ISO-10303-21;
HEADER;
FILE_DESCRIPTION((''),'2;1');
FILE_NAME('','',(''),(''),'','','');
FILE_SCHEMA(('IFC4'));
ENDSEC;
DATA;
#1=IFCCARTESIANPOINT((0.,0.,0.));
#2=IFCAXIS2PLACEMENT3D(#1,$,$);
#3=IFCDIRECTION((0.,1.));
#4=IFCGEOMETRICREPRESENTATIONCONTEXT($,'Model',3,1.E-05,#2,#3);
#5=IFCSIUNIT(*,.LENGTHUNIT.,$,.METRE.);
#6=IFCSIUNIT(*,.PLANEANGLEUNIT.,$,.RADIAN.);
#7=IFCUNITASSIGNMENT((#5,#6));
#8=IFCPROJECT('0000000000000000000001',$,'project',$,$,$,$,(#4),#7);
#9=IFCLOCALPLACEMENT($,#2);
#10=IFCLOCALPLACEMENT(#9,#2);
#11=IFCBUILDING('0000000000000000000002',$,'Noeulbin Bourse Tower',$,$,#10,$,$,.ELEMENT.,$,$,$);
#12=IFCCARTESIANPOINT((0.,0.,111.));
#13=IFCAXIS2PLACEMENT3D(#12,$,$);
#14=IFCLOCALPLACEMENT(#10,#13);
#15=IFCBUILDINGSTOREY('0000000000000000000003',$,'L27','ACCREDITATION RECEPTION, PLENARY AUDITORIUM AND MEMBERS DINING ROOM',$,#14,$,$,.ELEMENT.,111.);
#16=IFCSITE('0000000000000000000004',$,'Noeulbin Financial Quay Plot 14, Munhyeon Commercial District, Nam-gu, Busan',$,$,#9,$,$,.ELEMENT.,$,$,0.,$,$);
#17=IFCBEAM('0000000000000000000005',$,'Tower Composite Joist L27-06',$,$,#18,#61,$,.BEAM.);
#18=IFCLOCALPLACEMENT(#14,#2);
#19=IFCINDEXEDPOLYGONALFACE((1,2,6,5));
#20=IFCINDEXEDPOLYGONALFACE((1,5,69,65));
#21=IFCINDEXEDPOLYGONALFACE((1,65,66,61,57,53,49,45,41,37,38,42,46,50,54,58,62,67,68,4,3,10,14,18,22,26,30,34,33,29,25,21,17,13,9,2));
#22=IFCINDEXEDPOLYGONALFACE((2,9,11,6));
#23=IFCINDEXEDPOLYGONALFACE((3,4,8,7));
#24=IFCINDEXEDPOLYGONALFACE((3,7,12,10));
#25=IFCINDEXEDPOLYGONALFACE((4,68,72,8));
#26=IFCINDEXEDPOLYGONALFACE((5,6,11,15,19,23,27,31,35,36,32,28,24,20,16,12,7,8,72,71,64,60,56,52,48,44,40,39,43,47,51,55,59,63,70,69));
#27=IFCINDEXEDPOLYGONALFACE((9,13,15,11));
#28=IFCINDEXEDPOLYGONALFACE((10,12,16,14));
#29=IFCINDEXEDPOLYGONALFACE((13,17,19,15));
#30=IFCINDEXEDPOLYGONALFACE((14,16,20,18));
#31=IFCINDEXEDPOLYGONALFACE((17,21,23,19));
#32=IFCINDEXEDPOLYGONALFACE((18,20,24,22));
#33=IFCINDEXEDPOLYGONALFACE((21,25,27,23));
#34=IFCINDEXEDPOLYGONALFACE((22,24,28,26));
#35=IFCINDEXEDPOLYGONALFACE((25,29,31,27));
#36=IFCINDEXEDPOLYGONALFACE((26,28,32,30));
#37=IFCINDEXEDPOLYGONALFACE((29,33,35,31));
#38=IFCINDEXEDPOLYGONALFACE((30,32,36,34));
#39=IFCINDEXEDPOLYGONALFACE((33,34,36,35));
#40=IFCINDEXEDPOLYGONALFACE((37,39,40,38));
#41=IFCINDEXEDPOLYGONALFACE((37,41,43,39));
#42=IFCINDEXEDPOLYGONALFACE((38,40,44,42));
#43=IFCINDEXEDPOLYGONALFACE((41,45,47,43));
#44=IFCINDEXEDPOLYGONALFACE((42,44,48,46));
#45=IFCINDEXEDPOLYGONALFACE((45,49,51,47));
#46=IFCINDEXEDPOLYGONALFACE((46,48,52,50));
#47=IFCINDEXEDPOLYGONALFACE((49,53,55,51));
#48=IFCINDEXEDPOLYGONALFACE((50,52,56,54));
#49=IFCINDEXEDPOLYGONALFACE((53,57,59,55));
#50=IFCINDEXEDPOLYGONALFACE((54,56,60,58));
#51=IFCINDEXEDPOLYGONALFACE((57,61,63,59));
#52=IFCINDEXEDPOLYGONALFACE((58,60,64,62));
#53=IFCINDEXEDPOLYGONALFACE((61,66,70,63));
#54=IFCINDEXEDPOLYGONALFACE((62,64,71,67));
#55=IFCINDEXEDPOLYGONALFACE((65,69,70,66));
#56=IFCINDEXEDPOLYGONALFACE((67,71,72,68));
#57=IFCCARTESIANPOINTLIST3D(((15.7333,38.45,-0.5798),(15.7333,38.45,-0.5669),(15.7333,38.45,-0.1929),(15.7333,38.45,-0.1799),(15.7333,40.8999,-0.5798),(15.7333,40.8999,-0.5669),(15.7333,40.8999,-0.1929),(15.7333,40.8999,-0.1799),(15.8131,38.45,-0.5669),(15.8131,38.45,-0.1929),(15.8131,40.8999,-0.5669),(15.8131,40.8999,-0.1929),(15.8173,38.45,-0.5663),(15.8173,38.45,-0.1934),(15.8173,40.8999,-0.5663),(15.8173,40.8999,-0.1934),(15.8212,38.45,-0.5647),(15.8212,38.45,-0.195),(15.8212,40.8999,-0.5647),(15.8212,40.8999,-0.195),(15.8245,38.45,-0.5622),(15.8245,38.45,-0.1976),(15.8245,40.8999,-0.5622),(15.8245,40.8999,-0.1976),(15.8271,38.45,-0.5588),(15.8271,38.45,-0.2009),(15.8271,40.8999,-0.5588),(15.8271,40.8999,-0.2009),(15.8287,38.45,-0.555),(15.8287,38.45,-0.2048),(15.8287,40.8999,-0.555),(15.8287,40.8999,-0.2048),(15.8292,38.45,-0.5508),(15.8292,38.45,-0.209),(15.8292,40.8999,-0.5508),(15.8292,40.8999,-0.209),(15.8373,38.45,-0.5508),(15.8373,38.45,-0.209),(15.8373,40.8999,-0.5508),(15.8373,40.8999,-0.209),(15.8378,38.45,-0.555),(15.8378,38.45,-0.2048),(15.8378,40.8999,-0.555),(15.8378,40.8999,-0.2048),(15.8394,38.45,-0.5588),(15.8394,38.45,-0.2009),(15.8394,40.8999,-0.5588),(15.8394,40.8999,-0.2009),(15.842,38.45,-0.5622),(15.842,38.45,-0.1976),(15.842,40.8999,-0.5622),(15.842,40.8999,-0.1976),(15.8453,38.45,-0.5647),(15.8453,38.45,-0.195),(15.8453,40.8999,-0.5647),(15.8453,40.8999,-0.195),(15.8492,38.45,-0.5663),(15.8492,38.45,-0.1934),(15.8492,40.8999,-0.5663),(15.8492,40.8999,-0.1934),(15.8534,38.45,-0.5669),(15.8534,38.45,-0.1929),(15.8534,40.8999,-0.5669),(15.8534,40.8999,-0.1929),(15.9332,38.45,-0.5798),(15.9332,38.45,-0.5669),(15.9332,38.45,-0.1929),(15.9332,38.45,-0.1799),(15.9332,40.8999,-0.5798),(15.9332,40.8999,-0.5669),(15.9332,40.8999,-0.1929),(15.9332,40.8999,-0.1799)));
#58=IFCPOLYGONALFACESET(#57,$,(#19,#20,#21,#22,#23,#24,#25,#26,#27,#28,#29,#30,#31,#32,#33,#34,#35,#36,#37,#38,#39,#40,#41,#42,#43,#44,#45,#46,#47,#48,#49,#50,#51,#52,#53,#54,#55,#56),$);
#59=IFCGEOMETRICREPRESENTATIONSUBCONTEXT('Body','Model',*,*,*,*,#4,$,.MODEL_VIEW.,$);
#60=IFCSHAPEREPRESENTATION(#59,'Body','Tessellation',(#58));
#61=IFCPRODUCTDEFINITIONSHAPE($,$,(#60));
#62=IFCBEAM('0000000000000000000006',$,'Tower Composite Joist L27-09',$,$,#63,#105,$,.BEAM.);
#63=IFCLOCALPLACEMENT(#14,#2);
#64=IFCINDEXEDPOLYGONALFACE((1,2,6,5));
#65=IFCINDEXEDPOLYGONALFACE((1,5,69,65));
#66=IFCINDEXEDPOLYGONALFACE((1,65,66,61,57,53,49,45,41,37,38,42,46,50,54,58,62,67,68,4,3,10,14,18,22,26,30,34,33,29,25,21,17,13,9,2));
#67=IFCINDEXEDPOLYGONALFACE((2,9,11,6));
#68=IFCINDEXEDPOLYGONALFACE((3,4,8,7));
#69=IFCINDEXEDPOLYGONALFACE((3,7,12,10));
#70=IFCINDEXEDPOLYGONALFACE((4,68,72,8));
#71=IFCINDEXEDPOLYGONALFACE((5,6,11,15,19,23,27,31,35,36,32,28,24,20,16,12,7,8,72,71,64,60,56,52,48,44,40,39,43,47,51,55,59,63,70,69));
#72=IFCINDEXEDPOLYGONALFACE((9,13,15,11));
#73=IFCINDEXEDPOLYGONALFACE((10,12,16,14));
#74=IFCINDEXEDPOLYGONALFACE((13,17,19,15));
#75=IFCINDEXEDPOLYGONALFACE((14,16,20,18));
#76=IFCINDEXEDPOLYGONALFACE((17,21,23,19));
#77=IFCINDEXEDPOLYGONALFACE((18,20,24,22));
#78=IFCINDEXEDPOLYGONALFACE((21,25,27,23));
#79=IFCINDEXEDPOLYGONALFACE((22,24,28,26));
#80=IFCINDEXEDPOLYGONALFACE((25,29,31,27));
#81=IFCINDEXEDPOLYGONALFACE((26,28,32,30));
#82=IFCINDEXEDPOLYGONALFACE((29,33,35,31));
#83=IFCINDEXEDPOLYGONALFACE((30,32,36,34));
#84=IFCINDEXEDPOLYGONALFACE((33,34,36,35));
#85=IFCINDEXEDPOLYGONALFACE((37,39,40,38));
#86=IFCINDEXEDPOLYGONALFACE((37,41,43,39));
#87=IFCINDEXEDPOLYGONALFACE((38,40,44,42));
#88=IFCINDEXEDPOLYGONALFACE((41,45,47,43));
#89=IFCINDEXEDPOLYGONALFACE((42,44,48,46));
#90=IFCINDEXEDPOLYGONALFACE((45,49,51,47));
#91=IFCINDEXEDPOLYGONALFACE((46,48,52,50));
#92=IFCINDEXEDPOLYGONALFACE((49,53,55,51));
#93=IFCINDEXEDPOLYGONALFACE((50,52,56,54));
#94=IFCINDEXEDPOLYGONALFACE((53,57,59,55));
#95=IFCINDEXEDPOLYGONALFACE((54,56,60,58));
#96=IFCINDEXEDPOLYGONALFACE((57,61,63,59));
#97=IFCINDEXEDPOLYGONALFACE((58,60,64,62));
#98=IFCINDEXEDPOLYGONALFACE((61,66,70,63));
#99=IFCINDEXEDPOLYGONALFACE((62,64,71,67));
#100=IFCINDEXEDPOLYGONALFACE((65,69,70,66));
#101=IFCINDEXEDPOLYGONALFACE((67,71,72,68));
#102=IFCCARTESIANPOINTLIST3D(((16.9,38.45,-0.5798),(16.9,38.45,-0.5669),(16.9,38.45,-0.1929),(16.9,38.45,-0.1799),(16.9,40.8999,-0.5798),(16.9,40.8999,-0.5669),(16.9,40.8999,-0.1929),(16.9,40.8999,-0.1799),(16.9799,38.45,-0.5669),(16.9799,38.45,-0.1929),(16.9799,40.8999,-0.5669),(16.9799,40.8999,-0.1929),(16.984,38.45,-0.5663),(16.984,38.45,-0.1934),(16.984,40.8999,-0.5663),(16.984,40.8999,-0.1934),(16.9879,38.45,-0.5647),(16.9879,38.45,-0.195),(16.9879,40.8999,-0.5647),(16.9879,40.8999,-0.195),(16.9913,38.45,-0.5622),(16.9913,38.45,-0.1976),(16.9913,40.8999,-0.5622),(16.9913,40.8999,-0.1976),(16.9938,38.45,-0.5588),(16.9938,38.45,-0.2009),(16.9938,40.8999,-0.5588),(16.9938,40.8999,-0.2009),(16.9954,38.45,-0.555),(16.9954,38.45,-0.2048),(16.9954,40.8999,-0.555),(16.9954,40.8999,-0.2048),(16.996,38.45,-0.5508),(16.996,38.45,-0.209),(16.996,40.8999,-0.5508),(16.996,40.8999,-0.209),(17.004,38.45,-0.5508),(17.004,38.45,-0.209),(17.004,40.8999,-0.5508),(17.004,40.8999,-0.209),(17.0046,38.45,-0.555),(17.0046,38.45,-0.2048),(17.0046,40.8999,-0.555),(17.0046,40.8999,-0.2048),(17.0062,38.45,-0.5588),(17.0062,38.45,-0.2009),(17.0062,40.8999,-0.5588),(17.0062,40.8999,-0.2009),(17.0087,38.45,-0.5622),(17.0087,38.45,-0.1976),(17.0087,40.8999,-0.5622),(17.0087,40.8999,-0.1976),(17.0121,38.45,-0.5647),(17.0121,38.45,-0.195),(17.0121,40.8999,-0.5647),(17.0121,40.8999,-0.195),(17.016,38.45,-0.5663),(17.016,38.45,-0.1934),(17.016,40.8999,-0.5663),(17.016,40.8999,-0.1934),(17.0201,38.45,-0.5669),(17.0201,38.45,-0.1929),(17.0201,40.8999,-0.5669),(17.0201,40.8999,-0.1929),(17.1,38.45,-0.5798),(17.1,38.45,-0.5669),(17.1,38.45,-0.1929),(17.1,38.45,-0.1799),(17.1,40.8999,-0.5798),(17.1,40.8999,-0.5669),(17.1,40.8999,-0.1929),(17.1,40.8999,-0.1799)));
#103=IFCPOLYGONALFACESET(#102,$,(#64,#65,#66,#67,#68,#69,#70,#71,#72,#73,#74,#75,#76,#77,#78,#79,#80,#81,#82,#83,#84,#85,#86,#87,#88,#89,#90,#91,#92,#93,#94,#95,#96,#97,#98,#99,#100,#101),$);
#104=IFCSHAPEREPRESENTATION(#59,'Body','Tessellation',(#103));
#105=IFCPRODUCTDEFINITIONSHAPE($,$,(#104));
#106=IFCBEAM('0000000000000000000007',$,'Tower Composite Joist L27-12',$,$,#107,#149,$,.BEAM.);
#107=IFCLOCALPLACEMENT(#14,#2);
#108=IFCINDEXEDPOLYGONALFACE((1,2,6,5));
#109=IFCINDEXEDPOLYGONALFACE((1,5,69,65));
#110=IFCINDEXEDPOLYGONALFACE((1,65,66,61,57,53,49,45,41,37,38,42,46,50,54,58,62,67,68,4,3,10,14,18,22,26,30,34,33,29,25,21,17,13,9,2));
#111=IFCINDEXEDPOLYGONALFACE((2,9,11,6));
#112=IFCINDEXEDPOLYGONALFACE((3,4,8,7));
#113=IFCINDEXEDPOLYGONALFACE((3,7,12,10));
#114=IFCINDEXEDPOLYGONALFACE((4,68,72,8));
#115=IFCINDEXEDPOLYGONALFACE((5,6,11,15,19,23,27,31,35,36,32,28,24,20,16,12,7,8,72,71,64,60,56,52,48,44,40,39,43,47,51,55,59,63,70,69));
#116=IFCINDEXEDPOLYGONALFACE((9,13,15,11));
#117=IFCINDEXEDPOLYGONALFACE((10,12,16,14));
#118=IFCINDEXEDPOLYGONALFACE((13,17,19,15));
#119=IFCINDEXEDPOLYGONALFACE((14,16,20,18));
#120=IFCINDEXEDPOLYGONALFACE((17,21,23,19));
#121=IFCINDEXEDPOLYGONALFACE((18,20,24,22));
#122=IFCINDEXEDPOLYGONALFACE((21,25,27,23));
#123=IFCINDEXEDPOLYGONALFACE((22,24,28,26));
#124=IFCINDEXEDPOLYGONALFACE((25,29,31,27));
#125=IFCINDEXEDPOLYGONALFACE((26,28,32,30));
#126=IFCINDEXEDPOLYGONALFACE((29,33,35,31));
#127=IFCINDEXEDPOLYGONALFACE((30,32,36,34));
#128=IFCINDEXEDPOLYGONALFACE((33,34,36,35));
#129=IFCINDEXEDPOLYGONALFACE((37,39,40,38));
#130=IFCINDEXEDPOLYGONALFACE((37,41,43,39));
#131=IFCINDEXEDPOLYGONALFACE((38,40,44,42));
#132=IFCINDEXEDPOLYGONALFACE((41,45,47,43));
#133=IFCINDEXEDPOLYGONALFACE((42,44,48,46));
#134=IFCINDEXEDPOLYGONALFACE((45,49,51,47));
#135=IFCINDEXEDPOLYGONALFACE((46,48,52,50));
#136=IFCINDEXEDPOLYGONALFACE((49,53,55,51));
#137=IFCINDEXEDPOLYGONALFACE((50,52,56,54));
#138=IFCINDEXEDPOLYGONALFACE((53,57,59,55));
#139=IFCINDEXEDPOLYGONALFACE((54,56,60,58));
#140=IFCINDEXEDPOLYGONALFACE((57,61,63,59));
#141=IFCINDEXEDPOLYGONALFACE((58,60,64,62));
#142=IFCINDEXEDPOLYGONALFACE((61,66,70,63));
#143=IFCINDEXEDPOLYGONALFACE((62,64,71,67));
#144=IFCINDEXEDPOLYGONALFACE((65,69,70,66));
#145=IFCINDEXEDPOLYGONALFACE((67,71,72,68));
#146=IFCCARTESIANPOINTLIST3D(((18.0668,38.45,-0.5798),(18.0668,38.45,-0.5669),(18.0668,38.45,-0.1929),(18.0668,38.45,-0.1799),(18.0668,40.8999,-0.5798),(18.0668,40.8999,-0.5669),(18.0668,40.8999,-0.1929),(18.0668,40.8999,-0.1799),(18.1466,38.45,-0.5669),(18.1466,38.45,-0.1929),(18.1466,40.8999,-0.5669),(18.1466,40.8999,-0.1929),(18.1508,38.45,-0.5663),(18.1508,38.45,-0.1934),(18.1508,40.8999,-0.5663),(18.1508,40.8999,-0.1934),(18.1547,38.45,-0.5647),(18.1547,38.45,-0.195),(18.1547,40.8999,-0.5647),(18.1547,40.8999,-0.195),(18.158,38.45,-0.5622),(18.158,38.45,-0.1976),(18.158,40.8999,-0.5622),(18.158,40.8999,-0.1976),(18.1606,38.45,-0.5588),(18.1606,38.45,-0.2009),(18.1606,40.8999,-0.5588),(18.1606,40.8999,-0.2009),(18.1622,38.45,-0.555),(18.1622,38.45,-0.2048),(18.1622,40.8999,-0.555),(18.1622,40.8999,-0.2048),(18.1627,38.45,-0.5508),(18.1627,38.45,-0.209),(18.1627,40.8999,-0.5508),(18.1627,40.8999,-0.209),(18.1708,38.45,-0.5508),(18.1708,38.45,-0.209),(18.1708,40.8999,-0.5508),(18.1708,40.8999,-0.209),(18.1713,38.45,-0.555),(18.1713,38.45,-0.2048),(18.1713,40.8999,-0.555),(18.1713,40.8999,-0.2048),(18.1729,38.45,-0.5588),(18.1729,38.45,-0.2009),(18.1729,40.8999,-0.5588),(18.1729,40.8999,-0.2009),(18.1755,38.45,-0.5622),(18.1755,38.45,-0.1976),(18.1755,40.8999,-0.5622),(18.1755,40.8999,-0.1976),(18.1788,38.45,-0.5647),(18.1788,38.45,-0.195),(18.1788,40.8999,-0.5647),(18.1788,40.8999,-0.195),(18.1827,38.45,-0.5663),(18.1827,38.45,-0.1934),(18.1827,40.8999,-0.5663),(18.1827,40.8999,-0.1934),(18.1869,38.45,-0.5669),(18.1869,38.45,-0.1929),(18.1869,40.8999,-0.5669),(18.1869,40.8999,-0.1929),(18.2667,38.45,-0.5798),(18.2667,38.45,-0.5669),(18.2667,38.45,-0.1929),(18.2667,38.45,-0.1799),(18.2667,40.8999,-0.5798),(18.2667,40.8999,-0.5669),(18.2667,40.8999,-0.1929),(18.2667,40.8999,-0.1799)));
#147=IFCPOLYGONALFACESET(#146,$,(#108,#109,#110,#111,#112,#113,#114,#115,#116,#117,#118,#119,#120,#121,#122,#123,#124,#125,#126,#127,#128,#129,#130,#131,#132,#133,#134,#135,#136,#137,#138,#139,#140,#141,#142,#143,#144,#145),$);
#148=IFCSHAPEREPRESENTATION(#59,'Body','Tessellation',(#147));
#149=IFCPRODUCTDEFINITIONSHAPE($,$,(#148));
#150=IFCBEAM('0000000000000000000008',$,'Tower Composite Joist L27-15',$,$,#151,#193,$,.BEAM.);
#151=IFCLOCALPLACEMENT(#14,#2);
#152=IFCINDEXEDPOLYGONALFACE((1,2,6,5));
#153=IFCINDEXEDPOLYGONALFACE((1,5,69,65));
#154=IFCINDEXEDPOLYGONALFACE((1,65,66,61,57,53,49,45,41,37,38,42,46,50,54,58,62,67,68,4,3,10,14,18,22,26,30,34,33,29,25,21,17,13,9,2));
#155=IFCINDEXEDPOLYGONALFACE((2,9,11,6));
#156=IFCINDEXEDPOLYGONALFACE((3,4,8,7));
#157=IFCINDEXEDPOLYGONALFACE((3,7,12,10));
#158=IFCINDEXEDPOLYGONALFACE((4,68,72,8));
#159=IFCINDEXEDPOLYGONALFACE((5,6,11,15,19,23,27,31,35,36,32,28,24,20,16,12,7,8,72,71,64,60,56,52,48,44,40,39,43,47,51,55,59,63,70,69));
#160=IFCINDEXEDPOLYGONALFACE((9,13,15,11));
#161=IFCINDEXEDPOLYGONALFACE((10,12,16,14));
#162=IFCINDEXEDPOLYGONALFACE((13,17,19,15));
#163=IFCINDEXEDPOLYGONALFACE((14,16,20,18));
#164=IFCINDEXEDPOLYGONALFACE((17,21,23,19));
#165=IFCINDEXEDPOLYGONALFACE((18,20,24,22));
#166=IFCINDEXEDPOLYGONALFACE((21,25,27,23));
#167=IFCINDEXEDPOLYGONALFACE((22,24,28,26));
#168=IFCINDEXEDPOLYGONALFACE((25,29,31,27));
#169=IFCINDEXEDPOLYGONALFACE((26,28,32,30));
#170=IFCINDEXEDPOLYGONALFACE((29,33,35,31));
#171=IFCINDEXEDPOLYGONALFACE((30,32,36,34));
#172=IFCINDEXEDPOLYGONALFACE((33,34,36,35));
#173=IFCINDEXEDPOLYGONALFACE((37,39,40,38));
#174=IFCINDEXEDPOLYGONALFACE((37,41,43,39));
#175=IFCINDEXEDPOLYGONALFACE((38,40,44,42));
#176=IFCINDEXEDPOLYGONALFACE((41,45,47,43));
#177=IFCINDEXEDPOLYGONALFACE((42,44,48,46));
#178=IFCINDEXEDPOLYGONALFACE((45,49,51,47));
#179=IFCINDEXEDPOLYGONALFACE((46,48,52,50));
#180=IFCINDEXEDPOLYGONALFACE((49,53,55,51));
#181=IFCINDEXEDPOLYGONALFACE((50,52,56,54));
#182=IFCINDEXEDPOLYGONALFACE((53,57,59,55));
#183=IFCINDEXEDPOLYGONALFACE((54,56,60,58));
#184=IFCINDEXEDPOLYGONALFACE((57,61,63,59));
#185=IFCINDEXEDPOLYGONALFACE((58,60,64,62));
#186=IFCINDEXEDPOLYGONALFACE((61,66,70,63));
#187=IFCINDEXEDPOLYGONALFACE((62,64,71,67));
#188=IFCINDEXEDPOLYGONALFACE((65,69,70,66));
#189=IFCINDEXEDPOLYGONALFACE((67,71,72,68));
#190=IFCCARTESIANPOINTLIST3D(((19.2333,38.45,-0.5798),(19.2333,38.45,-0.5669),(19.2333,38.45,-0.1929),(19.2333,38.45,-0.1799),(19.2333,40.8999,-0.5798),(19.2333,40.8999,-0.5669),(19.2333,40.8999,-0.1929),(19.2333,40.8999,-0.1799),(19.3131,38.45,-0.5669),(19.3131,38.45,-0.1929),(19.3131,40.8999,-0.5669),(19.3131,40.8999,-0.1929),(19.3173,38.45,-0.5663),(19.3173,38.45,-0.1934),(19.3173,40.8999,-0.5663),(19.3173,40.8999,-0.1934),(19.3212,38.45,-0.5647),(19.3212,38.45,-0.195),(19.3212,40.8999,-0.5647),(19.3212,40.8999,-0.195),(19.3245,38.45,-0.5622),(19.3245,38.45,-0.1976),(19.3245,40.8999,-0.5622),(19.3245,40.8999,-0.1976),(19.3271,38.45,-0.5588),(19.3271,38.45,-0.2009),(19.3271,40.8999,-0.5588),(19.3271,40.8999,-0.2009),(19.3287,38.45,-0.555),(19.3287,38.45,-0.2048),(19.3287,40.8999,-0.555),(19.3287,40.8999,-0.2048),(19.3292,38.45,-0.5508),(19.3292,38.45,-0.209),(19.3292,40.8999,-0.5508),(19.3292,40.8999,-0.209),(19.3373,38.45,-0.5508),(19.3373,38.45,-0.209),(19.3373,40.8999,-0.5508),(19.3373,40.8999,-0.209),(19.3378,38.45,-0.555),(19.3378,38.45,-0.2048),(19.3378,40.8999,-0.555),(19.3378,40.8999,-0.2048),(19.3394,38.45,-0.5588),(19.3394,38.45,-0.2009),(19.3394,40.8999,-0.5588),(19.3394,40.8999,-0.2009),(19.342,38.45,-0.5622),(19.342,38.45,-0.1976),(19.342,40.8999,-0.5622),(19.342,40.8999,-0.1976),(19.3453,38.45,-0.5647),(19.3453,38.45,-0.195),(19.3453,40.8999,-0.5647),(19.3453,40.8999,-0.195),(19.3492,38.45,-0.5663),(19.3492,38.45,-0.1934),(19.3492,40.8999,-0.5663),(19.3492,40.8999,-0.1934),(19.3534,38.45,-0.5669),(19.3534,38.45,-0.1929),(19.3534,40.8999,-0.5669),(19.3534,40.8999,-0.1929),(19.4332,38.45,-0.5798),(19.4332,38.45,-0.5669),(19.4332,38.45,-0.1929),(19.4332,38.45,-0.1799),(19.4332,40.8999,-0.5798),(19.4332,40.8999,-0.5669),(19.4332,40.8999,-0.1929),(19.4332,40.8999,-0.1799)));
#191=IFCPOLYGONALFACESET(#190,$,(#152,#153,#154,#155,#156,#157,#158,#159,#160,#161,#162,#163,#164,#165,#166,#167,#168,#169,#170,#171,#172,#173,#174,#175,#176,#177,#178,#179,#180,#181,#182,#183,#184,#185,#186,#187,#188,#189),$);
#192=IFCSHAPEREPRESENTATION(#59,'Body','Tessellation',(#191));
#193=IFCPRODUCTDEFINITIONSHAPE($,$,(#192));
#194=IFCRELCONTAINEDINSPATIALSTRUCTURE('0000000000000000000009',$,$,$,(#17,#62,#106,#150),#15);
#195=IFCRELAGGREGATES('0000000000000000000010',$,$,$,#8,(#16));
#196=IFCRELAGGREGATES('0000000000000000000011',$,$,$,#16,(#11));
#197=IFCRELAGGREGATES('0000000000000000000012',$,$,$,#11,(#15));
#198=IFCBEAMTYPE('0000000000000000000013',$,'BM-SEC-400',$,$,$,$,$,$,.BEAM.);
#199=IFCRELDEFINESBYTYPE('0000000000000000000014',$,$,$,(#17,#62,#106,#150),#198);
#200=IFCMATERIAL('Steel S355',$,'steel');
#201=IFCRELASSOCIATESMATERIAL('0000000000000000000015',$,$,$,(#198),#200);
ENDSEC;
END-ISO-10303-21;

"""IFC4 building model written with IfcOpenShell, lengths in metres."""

from ifc_helpers import new_model, si_unit, direction, frame, origin, origin_2d, place, context, subcontext, project, spatial, i_section, extrude, material, material_profile, profile_set, type_object, element, save


model = new_model("IFC4")

# Units and contexts
model_context = context("Model", 3, precision=1e-05, world=origin(), true_north=direction((0.0, 1.0)))
body_context = subcontext(model_context, "Body", "Model", "MODEL_VIEW")
ifc_project = project(units=[si_unit("LENGTHUNIT", "METRE"), si_unit("PLANEANGLEUNIT", "RADIAN")], contexts=[model_context])

# Site, building, storey
site_placement = place(None, origin())
site = spatial("IfcSite", under=ifc_project, at=site_placement, Name="Noeulbin Financial Quay Plot 14, Munhyeon Commercial District, Nam-gu, Busan", CompositionType="ELEMENT", RefElevation=0.0)
building_placement = place(site_placement, origin())
building = spatial("IfcBuilding", under=site, at=building_placement, Name="Noeulbin Bourse Tower", CompositionType="ELEMENT")
storey_placement = place(building_placement, frame((0.0, 0.0, 111.0)))
storey = spatial("IfcBuildingStorey", under=building, at=storey_placement, Name="L27", Description="ACCREDITATION RECEPTION, PLENARY AUDITORIUM AND MEMBERS DINING ROOM", CompositionType="ELEMENT", Elevation=111.0)

# Beams
ifc_material_1 = material(Name="Steel S355", Category="steel")
ifc_material_profile_1 = material_profile(ifc_material_1, i_section(OverallWidth=0.2, OverallDepth=0.3999, WebThickness=0.0081, FlangeThickness=0.0129, FilletRadius=0.0161, at=origin_2d()), Name="H-400x200x8x13", Category="LoadBearing")
ifc_profile_set_1 = profile_set([ifc_material_profile_1], Name="Steel S355")
beam_type = type_object("IfcBeamType", Name="BM-SEC-400", PredefinedType="BEAM", material=ifc_profile_set_1)
for number, where, z_axis, x_axis, name in (
    (1, (15.8333, 38.45, -0.3799), (0.0, 1.0, 0.0), (-1.0, 0.0, 0.0), "Tower Composite Joist L27-06"),
    (2, (17.0, 38.45, -0.3799), (0.0, 1.0, 0.0), (-1.0, 0.0, 0.0), "Tower Composite Joist L27-09"),
    (3, (18.1667, 38.45, -0.3799), (0.0, 1.0, 0.0), (-1.0, 0.0, 0.0), "Tower Composite Joist L27-12"),
    (4, (19.3333, 38.45, -0.3799), (0.0, 1.0, 0.0), (-1.0, 0.0, 0.0), "Tower Composite Joist L27-15"),
):
    element("IfcBeam", number, at=place(storey_placement, frame(where, z_axis=z_axis, x_axis=x_axis)), inside=storey, type_object=beam_type, Name=name, PredefinedType="BEAM", context=body_context, shape_type="SweptSolid", body=[
        extrude(i_section(OverallWidth=0.2, OverallDepth=0.3999, WebThickness=0.0081, FlangeThickness=0.0129, FilletRadius=0.0161, at=origin_2d()), origin(), (0.0, 0.0, 1.0), 2.45),
    ])

save(model, "model.ifc")
